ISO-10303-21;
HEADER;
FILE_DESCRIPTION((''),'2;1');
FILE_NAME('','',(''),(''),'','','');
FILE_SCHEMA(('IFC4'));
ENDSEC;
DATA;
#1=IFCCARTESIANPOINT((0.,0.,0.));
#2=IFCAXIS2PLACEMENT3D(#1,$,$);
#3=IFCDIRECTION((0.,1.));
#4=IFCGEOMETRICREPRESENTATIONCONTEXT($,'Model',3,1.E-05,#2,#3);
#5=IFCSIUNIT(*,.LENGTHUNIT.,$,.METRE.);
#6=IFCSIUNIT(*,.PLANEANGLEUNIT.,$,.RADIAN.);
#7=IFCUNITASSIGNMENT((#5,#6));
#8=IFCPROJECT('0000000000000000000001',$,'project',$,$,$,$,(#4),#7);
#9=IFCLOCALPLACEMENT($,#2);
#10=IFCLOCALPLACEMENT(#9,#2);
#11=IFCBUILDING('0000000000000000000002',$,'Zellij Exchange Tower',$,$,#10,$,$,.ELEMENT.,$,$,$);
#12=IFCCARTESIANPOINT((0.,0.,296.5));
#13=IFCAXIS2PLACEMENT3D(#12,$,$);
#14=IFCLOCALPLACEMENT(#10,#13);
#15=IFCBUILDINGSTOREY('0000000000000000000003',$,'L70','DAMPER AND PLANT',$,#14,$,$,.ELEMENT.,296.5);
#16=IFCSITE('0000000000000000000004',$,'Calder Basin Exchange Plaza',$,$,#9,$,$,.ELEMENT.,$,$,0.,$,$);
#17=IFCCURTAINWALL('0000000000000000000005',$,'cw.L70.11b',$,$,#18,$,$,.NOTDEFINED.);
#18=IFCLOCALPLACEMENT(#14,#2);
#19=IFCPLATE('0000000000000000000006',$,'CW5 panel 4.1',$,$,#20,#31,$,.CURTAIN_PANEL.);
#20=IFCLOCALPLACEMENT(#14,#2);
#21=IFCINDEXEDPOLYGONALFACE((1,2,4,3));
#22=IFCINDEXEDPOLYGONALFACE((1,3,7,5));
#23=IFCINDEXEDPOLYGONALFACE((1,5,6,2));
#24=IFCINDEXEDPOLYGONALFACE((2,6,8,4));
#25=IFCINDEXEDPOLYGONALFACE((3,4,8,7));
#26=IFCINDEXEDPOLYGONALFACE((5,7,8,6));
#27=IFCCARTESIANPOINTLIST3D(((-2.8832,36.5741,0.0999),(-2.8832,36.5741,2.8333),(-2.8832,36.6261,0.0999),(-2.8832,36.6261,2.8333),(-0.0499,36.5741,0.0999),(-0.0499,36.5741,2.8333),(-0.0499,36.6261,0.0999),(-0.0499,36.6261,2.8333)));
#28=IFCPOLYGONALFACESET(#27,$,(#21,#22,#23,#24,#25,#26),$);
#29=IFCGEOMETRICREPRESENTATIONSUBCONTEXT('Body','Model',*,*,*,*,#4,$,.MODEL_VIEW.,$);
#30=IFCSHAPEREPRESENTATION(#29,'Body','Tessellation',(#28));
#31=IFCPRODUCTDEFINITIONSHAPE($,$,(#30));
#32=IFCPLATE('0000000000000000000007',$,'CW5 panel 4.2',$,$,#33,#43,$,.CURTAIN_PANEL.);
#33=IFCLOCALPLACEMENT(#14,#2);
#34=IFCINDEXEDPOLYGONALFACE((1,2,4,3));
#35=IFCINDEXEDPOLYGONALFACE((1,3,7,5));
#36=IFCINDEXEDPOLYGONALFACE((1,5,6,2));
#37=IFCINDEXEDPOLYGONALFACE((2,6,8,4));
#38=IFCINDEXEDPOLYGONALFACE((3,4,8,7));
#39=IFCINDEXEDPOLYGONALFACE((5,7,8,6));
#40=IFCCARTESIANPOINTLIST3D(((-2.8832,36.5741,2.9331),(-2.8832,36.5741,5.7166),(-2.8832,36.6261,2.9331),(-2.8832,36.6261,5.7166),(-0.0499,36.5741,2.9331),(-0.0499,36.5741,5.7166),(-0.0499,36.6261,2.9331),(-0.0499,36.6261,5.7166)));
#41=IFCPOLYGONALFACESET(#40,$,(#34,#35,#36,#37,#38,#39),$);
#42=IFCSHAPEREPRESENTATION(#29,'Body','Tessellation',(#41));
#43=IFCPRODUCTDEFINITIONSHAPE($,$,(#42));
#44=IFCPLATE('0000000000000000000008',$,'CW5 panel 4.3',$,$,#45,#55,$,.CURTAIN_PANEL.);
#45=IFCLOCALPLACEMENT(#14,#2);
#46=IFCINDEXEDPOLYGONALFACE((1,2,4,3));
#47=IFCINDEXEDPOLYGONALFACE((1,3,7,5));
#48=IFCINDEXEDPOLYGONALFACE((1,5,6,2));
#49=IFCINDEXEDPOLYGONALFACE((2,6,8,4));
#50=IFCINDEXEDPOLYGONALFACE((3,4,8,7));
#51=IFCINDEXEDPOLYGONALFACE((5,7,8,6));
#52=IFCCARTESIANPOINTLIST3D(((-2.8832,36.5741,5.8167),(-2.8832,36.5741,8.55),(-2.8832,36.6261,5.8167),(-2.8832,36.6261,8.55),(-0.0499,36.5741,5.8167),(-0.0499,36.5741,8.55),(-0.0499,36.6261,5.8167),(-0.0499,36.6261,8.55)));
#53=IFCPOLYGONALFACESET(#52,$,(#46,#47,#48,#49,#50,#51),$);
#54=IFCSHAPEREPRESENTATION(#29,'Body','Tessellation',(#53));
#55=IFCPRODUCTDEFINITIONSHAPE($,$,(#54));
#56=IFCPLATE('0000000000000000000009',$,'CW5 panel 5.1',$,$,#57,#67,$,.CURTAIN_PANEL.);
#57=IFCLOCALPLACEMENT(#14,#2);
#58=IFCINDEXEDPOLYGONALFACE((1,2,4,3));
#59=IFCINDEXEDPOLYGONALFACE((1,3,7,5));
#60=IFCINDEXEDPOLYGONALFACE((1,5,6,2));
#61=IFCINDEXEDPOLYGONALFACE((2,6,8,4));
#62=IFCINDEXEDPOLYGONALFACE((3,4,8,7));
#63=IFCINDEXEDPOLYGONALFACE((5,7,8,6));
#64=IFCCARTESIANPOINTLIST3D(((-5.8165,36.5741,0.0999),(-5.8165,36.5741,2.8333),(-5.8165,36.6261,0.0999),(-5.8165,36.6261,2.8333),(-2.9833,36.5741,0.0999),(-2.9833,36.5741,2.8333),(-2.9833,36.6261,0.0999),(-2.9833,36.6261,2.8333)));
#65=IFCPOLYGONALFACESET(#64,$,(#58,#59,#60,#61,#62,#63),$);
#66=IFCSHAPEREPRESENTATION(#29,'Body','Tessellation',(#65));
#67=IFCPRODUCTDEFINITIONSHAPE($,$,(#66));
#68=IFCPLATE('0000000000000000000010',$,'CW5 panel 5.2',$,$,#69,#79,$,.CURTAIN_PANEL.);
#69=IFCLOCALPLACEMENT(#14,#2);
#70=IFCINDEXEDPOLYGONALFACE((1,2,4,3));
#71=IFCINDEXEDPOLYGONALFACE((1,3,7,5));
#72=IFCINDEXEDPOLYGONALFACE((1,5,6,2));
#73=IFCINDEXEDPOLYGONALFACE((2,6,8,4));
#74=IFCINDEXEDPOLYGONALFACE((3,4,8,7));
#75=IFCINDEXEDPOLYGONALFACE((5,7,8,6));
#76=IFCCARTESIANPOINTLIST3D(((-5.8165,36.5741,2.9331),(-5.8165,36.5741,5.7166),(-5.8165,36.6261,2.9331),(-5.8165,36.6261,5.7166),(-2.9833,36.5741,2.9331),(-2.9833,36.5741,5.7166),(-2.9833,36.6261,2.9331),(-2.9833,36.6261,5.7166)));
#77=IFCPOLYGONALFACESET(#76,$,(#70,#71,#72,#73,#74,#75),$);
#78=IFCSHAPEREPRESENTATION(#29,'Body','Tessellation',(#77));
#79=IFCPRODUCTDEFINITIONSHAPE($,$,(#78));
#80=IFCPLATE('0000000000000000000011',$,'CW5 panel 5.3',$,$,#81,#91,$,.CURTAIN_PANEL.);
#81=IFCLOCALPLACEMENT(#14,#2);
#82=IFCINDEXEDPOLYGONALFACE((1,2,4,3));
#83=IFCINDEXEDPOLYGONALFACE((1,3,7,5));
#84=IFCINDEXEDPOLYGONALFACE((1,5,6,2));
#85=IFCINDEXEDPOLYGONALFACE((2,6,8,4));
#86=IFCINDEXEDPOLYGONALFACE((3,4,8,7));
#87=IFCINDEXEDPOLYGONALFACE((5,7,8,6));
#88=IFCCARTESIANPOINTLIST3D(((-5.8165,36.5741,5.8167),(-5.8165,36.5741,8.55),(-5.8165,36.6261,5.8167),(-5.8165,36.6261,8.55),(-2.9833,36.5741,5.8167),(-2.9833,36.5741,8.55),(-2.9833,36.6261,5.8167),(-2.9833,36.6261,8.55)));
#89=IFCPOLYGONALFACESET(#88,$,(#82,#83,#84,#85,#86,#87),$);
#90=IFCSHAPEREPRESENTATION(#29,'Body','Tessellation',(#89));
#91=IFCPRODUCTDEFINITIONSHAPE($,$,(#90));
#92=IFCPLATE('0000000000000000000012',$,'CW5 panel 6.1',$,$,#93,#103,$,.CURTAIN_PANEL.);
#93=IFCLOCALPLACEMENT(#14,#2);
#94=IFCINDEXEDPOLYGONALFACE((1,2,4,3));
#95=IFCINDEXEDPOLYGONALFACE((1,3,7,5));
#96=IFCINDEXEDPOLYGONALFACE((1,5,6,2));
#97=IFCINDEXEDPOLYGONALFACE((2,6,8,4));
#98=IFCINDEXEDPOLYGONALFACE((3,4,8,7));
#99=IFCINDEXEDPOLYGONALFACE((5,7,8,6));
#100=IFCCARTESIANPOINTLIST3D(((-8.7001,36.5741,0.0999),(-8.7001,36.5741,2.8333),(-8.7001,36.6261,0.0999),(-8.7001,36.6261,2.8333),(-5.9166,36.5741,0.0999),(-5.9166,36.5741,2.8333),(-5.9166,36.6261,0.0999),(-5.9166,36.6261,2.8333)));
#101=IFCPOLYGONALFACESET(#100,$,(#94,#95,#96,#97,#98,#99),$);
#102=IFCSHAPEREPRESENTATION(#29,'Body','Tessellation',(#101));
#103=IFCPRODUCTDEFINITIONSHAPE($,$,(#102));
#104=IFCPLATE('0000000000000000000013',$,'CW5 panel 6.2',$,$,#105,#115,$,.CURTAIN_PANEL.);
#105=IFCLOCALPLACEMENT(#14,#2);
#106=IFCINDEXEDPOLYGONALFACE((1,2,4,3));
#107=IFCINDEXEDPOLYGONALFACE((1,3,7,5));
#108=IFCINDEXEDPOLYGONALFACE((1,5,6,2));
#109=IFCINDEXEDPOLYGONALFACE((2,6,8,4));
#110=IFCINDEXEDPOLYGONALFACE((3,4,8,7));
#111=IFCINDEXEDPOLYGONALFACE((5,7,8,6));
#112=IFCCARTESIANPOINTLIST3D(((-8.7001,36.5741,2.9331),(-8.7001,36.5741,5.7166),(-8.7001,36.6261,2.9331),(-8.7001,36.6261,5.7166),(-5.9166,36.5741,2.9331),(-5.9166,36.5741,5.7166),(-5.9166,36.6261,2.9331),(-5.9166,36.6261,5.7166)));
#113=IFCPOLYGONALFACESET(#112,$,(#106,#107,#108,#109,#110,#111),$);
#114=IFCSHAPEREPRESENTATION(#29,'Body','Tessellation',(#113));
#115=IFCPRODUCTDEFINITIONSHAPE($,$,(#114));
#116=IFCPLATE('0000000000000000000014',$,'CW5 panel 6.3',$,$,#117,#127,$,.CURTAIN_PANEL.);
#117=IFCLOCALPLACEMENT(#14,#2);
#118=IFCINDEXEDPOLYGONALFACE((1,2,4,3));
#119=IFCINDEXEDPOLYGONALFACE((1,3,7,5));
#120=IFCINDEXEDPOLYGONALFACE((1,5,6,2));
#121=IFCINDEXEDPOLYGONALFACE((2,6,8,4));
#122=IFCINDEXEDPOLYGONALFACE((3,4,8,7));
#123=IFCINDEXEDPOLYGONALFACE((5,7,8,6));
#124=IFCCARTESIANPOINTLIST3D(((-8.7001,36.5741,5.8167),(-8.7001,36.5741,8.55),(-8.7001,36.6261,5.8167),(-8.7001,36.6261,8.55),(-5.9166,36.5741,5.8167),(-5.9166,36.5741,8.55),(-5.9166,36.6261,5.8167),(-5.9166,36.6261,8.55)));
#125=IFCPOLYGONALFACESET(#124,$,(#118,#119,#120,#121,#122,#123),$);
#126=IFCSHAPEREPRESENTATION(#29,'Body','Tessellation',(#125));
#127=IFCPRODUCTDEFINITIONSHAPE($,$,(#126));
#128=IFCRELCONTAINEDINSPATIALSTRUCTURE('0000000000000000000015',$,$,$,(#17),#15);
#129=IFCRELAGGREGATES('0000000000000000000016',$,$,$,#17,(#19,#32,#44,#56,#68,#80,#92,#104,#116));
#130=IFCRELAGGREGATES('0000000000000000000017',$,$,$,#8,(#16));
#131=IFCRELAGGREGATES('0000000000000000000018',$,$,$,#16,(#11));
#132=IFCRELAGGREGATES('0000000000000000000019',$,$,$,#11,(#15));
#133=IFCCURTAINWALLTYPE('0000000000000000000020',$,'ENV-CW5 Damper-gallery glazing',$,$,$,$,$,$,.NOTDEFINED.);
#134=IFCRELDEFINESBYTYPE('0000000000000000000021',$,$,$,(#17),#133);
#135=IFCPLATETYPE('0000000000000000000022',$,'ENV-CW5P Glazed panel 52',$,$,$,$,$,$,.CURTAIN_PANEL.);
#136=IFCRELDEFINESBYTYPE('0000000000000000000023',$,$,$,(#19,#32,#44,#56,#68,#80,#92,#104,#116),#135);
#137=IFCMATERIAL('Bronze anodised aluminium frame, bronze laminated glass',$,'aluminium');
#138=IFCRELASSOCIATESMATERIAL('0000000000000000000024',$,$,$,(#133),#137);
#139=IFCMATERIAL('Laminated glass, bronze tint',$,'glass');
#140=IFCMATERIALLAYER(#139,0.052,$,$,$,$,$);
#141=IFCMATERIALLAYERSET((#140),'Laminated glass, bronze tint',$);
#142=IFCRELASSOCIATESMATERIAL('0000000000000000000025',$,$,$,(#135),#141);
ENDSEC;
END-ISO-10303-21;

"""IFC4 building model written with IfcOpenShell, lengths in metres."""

from ifc_helpers import new_model, si_unit, direction, frame, origin, origin_2d, place, context, subcontext, project, spatial, rectangle, extrude, material, layer, layer_set, type_object, element, aggregate, save


model = new_model("IFC4")

# Units and contexts
model_context = context("Model", 3, precision=1e-05, world=origin(), true_north=direction((0.0, 1.0)))
body_context = subcontext(model_context, "Body", "Model", "MODEL_VIEW")
ifc_project = project(units=[si_unit("LENGTHUNIT", "METRE"), si_unit("PLANEANGLEUNIT", "RADIAN")], contexts=[model_context])

# Site, building, storey
site_placement = place(None, origin())
site = spatial("IfcSite", under=ifc_project, at=site_placement, Name="Calder Basin Exchange Plaza", CompositionType="ELEMENT", RefElevation=0.0)
building_placement = place(site_placement, origin())
building = spatial("IfcBuilding", under=site, at=building_placement, Name="Zellij Exchange Tower", CompositionType="ELEMENT")
storey_placement = place(building_placement, frame((0.0, 0.0, 296.5)))
storey = spatial("IfcBuildingStorey", under=building, at=storey_placement, Name="L70", Description="DAMPER AND PLANT", CompositionType="ELEMENT", Elevation=296.5)

# Curtain wall, plates
ifc_material_1 = material(Name="Bronze anodised aluminium frame, bronze laminated glass", Category="aluminium")
curtain_wall_type = type_object("IfcCurtainWallType", Name="ENV-CW5 Damper-gallery glazing", PredefinedType="NOTDEFINED", material=ifc_material_1)
curtain_wall_placement = place(storey_placement, origin())
curtain_wall = element("IfcCurtainWall", 1, at=curtain_wall_placement, inside=storey, type_object=curtain_wall_type, Name="cw.L70.11b", PredefinedType="NOTDEFINED")
ifc_material_2 = material(Name="Laminated glass, bronze tint", Category="glass")
ifc_layer = layer(ifc_material_2, 0.052)
ifc_layer_set = layer_set([ifc_layer], Name="Laminated glass, bronze tint")
plate_type = type_object("IfcPlateType", Name="ENV-CW5P Glazed panel 52", PredefinedType="CURTAIN_PANEL", material=ifc_layer_set)
plate_1_placement = place(storey_placement, frame((-1.4666, 36.6001, 0.0999), z_axis=(0.0, 0.0, 1.0), x_axis=(-1.0, 0.0, 0.0)))
plate_1 = element("IfcPlate", 2, at=plate_1_placement, type_object=plate_type, Name="CW5 panel 4.1", PredefinedType="CURTAIN_PANEL", context=body_context, shape_type="SweptSolid", body=[
    extrude(rectangle(XDim=2.8333, YDim=0.052, at=origin_2d()), origin(), (0.0, 0.0, 1.0), 2.7334),
])
plate_2_placement = place(storey_placement, frame((-1.4666, 36.6001, 2.9331), z_axis=(0.0, 0.0, 1.0), x_axis=(-1.0, 0.0, 0.0)))
plate_2 = element("IfcPlate", 3, at=plate_2_placement, type_object=plate_type, Name="CW5 panel 4.2", PredefinedType="CURTAIN_PANEL", context=body_context, shape_type="SweptSolid", body=[
    extrude(rectangle(XDim=2.8333, YDim=0.052, at=origin_2d()), origin(), (0.0, 0.0, 1.0), 2.7834),
])
plate_3_placement = place(storey_placement, frame((-1.4666, 36.6001, 5.8167), z_axis=(0.0, 0.0, 1.0), x_axis=(-1.0, 0.0, 0.0)))
plate_3 = element("IfcPlate", 4, at=plate_3_placement, type_object=plate_type, Name="CW5 panel 4.3", PredefinedType="CURTAIN_PANEL", context=body_context, shape_type="SweptSolid", body=[
    extrude(rectangle(XDim=2.8333, YDim=0.052, at=origin_2d()), origin(), (0.0, 0.0, 1.0), 2.7334),
])
plate_4_placement = place(storey_placement, frame((-4.3999, 36.6001, 0.0999), z_axis=(0.0, 0.0, 1.0), x_axis=(-1.0, 0.0, 0.0)))
plate_4 = element("IfcPlate", 5, at=plate_4_placement, type_object=plate_type, Name="CW5 panel 5.1", PredefinedType="CURTAIN_PANEL", context=body_context, shape_type="SweptSolid", body=[
    extrude(rectangle(XDim=2.8333, YDim=0.052, at=origin_2d()), origin(), (0.0, 0.0, 1.0), 2.7334),
])
plate_5_placement = place(storey_placement, frame((-4.3999, 36.6001, 2.9331), z_axis=(0.0, 0.0, 1.0), x_axis=(-1.0, 0.0, 0.0)))
plate_5 = element("IfcPlate", 6, at=plate_5_placement, type_object=plate_type, Name="CW5 panel 5.2", PredefinedType="CURTAIN_PANEL", context=body_context, shape_type="SweptSolid", body=[
    extrude(rectangle(XDim=2.8333, YDim=0.052, at=origin_2d()), origin(), (0.0, 0.0, 1.0), 2.7834),
])
plate_6_placement = place(storey_placement, frame((-4.3999, 36.6001, 5.8167), z_axis=(0.0, 0.0, 1.0), x_axis=(-1.0, 0.0, 0.0)))
plate_6 = element("IfcPlate", 7, at=plate_6_placement, type_object=plate_type, Name="CW5 panel 5.3", PredefinedType="CURTAIN_PANEL", context=body_context, shape_type="SweptSolid", body=[
    extrude(rectangle(XDim=2.8333, YDim=0.052, at=origin_2d()), origin(), (0.0, 0.0, 1.0), 2.7334),
])
plate_7_placement = place(storey_placement, frame((-7.3083, 36.6001, 0.0999), z_axis=(0.0, 0.0, 1.0), x_axis=(-1.0, 0.0, 0.0)))
plate_7 = element("IfcPlate", 8, at=plate_7_placement, type_object=plate_type, Name="CW5 panel 6.1", PredefinedType="CURTAIN_PANEL", context=body_context, shape_type="SweptSolid", body=[
    extrude(rectangle(XDim=2.7834, YDim=0.052, at=origin_2d()), origin(), (0.0, 0.0, 1.0), 2.7334),
])
plate_8_placement = place(storey_placement, frame((-7.3083, 36.6001, 2.9331), z_axis=(0.0, 0.0, 1.0), x_axis=(-1.0, 0.0, 0.0)))
plate_8 = element("IfcPlate", 9, at=plate_8_placement, type_object=plate_type, Name="CW5 panel 6.2", PredefinedType="CURTAIN_PANEL", context=body_context, shape_type="SweptSolid", body=[
    extrude(rectangle(XDim=2.7834, YDim=0.052, at=origin_2d()), origin(), (0.0, 0.0, 1.0), 2.7834),
])
plate_9_placement = place(storey_placement, frame((-7.3083, 36.6001, 5.8167), z_axis=(0.0, 0.0, 1.0), x_axis=(-1.0, 0.0, 0.0)))
plate_9 = element("IfcPlate", 10, at=plate_9_placement, type_object=plate_type, Name="CW5 panel 6.3", PredefinedType="CURTAIN_PANEL", context=body_context, shape_type="SweptSolid", body=[
    extrude(rectangle(XDim=2.7834, YDim=0.052, at=origin_2d()), origin(), (0.0, 0.0, 1.0), 2.7334),
])
aggregate(curtain_wall, [plate_1, plate_2, plate_3, plate_4, plate_5, plate_6, plate_7, plate_8, plate_9])

save(model, "model.ifc")
